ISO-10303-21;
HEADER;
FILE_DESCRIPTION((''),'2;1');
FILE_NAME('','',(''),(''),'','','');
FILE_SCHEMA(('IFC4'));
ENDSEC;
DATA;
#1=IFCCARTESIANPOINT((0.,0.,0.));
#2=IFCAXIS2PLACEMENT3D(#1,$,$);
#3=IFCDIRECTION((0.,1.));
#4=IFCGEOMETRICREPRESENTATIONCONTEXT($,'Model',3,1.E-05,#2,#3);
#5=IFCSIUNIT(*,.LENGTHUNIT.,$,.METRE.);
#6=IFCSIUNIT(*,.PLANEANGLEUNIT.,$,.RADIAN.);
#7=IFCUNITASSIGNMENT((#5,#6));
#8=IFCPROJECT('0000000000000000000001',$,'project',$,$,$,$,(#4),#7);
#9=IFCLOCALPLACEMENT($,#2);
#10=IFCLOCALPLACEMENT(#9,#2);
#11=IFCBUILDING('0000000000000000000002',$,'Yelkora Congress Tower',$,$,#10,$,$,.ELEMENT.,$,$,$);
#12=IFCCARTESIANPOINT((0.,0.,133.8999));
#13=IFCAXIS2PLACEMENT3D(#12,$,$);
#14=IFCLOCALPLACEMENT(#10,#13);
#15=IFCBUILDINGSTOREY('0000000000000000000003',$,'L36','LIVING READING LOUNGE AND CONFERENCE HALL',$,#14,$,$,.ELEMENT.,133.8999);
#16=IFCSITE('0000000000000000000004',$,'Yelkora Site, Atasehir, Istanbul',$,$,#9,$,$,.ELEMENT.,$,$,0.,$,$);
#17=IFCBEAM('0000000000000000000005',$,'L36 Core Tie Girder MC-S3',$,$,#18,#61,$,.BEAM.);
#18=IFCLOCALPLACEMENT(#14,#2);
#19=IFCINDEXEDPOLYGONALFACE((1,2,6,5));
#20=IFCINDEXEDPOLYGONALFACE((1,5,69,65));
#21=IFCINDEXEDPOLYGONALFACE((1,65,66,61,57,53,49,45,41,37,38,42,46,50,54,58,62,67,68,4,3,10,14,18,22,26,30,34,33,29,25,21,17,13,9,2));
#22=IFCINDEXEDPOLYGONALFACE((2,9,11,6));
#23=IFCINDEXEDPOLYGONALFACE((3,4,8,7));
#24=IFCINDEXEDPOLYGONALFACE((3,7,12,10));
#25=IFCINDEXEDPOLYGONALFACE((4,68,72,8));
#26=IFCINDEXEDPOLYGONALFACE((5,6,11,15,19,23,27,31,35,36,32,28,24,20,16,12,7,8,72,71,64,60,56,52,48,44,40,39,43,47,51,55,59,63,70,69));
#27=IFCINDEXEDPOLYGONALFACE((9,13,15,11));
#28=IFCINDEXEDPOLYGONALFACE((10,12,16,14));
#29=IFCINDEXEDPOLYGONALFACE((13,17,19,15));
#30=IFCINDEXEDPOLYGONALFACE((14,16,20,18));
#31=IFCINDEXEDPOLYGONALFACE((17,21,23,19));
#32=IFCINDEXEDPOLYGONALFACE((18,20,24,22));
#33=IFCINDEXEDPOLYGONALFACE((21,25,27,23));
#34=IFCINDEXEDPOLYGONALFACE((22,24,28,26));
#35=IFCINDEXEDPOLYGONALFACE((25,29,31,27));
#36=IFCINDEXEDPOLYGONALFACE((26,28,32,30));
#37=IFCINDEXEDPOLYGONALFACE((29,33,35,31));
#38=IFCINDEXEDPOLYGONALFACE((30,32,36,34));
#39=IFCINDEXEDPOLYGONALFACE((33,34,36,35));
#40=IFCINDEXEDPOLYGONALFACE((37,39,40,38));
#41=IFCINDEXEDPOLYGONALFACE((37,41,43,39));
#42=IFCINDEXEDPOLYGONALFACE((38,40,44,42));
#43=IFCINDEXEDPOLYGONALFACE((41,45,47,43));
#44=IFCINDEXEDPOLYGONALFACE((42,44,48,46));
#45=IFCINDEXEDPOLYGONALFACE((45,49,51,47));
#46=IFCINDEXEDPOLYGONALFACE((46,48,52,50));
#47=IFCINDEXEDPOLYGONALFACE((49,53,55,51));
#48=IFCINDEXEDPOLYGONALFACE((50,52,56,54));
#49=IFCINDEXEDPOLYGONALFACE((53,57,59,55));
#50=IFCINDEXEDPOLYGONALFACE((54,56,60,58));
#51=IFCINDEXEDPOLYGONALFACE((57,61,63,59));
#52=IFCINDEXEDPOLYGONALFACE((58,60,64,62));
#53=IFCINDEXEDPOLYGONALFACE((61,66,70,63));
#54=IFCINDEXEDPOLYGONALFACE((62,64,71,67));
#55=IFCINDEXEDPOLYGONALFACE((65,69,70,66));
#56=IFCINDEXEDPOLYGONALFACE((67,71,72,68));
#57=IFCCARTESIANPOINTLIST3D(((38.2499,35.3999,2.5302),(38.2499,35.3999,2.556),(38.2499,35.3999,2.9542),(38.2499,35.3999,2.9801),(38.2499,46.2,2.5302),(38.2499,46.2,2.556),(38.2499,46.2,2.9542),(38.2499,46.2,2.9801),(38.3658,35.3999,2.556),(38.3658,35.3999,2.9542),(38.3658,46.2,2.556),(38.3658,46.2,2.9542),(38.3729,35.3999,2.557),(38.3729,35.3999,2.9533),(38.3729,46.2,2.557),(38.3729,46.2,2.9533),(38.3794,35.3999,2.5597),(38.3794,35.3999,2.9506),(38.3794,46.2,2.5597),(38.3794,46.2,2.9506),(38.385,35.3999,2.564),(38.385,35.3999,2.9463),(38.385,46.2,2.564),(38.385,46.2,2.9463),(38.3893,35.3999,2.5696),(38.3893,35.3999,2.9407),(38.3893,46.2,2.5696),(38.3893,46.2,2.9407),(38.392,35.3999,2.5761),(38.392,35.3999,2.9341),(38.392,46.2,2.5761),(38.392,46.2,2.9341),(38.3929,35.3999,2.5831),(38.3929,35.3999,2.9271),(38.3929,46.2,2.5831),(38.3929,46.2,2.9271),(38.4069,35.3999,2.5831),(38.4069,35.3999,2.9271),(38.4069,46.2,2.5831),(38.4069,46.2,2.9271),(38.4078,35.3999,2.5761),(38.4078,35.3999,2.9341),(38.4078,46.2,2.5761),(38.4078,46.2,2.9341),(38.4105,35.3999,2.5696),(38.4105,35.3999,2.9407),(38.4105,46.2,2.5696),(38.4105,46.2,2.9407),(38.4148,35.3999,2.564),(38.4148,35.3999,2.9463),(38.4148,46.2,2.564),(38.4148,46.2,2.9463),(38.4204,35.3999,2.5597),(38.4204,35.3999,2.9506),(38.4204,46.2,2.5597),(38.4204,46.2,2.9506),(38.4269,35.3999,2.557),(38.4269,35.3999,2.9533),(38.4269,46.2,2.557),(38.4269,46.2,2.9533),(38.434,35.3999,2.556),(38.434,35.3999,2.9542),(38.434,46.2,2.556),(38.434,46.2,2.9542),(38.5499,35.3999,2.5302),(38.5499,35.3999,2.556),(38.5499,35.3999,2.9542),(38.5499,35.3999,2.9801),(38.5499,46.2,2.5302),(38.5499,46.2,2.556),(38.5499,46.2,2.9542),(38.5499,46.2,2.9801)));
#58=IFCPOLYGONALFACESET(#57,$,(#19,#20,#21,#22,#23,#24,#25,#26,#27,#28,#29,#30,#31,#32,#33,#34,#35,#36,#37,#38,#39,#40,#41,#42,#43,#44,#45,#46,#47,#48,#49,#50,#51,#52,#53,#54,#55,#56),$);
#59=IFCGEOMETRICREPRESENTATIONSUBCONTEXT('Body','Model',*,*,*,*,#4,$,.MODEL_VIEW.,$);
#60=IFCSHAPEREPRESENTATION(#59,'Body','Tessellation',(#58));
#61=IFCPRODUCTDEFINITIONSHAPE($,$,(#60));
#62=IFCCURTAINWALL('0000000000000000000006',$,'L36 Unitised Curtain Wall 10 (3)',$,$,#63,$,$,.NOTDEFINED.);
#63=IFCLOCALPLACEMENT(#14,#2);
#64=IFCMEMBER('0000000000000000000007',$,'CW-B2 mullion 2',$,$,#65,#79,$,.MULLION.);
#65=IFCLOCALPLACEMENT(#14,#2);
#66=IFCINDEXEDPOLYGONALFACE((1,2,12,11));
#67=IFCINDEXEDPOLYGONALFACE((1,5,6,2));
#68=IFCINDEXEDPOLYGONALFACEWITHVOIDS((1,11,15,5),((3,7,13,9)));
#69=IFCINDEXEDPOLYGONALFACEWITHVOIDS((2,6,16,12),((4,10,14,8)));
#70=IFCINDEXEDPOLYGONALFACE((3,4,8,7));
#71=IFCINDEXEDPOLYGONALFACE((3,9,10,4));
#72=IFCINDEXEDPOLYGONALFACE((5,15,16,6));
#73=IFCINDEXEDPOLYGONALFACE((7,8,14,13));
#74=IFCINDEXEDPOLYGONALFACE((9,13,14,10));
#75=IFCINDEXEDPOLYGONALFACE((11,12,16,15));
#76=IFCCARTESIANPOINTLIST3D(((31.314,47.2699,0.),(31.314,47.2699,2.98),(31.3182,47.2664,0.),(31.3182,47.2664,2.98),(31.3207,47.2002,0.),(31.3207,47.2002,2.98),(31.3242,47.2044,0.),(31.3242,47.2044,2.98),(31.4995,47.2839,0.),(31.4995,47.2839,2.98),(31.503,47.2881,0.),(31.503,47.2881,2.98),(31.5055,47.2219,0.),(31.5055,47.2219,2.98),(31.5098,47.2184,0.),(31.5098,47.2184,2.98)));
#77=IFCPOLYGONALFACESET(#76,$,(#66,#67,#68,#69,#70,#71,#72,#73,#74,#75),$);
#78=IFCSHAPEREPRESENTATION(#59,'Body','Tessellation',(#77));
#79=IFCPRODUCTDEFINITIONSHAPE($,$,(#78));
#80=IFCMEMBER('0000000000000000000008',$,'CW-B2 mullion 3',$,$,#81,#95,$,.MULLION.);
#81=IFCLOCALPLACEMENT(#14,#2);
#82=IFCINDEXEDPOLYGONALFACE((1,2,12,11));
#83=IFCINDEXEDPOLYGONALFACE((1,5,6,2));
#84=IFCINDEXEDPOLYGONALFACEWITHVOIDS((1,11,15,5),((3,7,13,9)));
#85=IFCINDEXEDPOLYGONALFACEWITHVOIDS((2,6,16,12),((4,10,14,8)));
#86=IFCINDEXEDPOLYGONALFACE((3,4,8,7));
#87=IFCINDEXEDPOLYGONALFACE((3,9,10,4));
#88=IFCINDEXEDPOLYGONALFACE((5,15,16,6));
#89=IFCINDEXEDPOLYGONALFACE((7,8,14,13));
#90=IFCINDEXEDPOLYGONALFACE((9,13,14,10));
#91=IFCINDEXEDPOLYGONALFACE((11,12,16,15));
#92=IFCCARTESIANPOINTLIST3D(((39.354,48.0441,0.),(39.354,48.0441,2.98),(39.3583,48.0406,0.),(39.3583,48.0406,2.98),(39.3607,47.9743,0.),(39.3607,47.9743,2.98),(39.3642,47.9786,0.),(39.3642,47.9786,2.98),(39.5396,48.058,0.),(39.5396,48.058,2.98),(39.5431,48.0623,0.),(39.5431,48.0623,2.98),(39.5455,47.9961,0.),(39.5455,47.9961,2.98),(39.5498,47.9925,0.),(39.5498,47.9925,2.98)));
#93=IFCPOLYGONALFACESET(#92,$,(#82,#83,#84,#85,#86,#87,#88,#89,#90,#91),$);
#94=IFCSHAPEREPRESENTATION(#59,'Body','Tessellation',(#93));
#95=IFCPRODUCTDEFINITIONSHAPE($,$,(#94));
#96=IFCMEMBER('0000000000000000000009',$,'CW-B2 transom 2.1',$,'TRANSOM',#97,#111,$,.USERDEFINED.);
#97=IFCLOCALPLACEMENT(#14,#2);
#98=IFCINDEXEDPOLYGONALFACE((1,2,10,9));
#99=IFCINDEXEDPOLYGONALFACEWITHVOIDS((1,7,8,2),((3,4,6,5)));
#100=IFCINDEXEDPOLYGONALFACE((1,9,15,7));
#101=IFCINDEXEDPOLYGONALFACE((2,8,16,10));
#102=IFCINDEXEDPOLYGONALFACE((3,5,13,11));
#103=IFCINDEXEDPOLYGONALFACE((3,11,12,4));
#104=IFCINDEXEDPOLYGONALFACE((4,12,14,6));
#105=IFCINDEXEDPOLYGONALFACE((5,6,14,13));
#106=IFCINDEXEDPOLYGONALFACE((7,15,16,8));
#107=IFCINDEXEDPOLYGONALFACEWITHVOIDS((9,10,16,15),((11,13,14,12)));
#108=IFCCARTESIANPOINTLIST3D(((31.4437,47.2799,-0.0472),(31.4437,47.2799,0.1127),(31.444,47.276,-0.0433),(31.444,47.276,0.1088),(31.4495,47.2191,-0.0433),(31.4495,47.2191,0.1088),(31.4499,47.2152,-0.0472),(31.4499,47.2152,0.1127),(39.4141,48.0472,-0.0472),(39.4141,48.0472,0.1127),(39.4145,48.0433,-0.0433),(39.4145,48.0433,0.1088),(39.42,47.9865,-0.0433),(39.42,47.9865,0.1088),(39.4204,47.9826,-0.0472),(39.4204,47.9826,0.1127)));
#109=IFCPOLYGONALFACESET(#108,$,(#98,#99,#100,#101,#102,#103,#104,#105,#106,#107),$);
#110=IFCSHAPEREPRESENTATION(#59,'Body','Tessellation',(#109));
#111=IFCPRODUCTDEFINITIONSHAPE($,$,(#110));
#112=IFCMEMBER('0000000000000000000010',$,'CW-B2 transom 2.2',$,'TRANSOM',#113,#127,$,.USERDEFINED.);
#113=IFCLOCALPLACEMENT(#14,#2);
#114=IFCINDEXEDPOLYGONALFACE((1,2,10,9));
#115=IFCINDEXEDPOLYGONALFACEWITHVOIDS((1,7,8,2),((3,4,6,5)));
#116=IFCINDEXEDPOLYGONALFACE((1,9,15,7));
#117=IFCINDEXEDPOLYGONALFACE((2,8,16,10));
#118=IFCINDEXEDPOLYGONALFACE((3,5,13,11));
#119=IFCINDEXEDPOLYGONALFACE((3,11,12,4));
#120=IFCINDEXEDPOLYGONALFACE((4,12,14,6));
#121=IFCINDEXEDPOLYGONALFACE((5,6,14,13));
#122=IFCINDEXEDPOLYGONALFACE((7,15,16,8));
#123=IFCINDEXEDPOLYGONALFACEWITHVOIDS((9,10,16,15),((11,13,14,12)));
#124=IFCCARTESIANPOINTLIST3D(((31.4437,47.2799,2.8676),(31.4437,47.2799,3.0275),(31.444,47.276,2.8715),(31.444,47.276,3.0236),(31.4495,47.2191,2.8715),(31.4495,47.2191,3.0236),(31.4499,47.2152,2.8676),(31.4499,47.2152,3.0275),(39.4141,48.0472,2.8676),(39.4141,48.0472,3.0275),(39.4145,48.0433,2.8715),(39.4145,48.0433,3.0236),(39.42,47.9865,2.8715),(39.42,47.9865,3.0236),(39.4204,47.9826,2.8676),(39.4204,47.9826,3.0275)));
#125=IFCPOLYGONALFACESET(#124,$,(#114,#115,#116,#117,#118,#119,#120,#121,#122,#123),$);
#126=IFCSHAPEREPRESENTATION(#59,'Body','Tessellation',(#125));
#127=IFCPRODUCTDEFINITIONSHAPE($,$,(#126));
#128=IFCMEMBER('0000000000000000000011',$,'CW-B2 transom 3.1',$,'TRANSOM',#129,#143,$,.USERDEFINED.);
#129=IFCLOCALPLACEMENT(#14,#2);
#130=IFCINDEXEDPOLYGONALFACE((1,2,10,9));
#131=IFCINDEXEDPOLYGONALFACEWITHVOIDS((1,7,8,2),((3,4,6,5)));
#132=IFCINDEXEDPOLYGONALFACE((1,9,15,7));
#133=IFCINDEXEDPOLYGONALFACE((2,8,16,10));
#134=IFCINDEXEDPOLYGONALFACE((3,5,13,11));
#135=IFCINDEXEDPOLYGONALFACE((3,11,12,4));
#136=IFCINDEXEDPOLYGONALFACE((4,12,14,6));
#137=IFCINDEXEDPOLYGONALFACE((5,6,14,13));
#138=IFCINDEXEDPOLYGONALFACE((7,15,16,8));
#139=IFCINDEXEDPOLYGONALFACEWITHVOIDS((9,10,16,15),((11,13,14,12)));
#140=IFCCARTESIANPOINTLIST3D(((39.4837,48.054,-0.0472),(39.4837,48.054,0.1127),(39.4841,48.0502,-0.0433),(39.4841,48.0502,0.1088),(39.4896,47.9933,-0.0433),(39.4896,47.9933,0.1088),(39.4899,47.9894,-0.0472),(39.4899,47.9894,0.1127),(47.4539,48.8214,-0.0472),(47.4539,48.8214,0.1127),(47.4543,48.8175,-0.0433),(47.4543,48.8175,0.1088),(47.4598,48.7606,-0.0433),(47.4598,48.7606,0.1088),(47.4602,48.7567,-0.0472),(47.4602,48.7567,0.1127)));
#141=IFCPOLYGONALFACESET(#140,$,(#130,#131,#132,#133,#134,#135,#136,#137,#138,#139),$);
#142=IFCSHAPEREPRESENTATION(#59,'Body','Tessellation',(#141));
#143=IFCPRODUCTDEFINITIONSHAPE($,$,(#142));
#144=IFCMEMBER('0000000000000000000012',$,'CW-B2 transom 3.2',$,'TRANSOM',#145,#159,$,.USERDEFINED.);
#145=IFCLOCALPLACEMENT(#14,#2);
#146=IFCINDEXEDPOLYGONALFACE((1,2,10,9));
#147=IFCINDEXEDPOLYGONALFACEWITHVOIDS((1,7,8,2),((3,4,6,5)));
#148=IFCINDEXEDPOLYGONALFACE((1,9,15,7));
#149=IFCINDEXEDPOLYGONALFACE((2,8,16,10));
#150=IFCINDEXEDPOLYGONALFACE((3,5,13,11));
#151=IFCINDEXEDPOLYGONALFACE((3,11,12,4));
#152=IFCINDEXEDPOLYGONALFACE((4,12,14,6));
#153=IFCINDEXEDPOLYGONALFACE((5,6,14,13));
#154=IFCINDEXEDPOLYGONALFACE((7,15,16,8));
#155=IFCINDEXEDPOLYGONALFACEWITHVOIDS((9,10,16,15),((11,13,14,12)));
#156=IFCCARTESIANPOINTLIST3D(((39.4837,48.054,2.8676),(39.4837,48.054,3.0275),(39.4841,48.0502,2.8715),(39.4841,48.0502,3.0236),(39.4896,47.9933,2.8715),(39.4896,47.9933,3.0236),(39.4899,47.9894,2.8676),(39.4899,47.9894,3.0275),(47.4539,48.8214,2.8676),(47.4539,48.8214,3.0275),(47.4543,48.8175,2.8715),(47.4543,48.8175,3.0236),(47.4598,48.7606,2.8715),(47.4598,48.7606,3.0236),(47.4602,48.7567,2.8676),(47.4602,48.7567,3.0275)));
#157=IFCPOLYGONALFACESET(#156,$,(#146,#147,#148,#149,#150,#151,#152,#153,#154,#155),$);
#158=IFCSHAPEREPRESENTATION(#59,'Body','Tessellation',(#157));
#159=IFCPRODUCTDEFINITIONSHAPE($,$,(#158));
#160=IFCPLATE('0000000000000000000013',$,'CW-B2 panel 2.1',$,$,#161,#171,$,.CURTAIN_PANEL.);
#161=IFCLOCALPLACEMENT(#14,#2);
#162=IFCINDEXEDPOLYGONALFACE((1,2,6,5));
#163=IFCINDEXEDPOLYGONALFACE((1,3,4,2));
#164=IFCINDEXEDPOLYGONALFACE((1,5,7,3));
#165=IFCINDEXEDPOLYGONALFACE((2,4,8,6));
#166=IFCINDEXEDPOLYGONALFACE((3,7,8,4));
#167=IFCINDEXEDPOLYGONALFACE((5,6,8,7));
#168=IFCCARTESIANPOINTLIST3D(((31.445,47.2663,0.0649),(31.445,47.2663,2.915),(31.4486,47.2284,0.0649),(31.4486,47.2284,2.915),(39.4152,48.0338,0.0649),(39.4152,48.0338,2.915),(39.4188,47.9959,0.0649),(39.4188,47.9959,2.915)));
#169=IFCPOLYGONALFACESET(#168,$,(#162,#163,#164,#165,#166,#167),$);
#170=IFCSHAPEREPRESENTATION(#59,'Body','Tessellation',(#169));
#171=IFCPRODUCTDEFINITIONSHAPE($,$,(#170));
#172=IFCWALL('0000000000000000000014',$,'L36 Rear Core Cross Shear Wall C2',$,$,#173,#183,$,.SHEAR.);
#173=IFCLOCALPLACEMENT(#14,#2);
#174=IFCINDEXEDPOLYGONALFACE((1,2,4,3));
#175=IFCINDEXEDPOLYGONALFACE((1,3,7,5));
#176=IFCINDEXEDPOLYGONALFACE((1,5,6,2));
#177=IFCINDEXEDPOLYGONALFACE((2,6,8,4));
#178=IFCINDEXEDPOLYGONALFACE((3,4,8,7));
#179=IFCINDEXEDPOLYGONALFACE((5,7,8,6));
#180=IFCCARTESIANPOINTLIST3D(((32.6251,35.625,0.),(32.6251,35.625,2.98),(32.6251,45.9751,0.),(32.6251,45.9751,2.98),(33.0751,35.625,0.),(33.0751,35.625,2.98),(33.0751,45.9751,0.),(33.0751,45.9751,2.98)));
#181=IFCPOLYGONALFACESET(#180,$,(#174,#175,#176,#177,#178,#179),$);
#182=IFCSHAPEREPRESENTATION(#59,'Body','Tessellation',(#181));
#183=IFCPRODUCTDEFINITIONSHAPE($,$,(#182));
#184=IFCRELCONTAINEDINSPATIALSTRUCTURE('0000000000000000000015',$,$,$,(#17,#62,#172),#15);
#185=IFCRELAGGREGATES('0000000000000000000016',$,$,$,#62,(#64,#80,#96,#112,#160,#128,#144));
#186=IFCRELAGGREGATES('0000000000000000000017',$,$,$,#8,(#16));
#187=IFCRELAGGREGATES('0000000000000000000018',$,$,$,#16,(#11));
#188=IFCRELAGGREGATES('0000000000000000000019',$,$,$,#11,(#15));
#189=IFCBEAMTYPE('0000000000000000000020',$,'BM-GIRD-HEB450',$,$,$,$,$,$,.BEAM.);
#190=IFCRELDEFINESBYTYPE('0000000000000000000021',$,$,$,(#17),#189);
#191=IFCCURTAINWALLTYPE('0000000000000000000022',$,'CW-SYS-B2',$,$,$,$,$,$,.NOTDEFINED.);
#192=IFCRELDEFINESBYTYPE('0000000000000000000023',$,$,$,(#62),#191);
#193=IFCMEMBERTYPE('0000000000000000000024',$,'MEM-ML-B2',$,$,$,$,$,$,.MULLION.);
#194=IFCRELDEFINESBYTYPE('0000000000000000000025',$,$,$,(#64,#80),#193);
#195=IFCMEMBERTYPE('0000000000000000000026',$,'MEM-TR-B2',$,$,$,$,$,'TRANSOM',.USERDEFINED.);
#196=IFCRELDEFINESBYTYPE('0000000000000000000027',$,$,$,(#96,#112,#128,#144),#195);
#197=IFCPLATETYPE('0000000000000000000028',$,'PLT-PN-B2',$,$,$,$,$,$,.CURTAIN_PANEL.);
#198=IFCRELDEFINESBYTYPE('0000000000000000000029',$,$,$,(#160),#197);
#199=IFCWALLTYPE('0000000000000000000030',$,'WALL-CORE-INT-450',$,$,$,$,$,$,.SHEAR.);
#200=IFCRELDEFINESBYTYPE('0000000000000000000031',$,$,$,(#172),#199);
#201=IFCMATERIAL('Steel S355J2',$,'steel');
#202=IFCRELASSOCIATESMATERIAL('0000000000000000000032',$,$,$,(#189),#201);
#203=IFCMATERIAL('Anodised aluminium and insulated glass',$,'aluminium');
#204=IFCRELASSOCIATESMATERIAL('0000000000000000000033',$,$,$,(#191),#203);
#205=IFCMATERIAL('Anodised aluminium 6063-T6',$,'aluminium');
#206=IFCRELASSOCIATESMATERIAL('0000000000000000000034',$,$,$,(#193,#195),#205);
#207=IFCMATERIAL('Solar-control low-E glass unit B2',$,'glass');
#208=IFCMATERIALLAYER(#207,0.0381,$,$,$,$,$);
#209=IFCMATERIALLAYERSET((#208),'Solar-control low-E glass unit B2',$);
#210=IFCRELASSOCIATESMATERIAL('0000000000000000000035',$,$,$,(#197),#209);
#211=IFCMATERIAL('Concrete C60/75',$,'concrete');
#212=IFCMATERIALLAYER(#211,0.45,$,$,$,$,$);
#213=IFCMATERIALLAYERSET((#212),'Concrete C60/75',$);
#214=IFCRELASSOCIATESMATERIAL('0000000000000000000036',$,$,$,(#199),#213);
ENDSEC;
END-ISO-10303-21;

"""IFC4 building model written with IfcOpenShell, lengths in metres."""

from ifc_helpers import new_model, si_unit, direction, frame, frame_2d, origin, origin_2d, place, context, subcontext, project, spatial, rectangle, hollow_rectangle, i_section, extrude, material, layer, layer_set, material_profile, profile_set, type_object, element, aggregate, save


model = new_model("IFC4")

# Units and contexts
model_context = context("Model", 3, precision=1e-05, world=origin(), true_north=direction((0.0, 1.0)))
body_context = subcontext(model_context, "Body", "Model", "MODEL_VIEW")
ifc_project = project(units=[si_unit("LENGTHUNIT", "METRE"), si_unit("PLANEANGLEUNIT", "RADIAN")], contexts=[model_context])

# Site, building, storey
site_placement = place(None, origin())
site = spatial("IfcSite", under=ifc_project, at=site_placement, Name="Yelkora Site, Atasehir, Istanbul", CompositionType="ELEMENT", RefElevation=0.0)
building_placement = place(site_placement, origin())
building = spatial("IfcBuilding", under=site, at=building_placement, Name="Yelkora Congress Tower", CompositionType="ELEMENT")
storey_placement = place(building_placement, frame((0.0, 0.0, 133.8999)))
storey = spatial("IfcBuildingStorey", under=building, at=storey_placement, Name="L36", Description="LIVING READING LOUNGE AND CONFERENCE HALL", CompositionType="ELEMENT", Elevation=133.8999)

# Beam
ifc_material_1 = material(Name="Steel S355J2", Category="steel")
ifc_material_profile_1 = material_profile(ifc_material_1, i_section(OverallWidth=0.3, OverallDepth=0.45, WebThickness=0.0139, FlangeThickness=0.0259, FilletRadius=0.0271, at=origin_2d()), Name="HEB 450")
ifc_profile_set_1 = profile_set([ifc_material_profile_1], Name="Steel S355J2")
beam_type = type_object("IfcBeamType", Name="BM-GIRD-HEB450", PredefinedType="BEAM", material=ifc_profile_set_1)
beam_placement = place(storey_placement, frame((38.3999, 35.3999, 2.7551), z_axis=(0.0, 1.0, 0.0), x_axis=(-1.0, 0.0, 0.0)))
element("IfcBeam", 1, at=beam_placement, inside=storey, type_object=beam_type, Name="L36 Core Tie Girder MC-S3", PredefinedType="BEAM", context=body_context, shape_type="SweptSolid", body=[
    extrude(i_section(OverallWidth=0.3, OverallDepth=0.45, WebThickness=0.0139, FlangeThickness=0.0259, FilletRadius=0.0271, at=origin_2d()), origin(), (0.0, 0.0, 1.0), 10.8),
])

# Curtain wall, members, plate
ifc_material_2 = material(Name="Anodised aluminium and insulated glass", Category="aluminium")
curtain_wall_type = type_object("IfcCurtainWallType", Name="CW-SYS-B2", PredefinedType="NOTDEFINED", material=ifc_material_2)
curtain_wall_placement = place(storey_placement, origin())
curtain_wall = element("IfcCurtainWall", 2, at=curtain_wall_placement, inside=storey, type_object=curtain_wall_type, Name="L36 Unitised Curtain Wall 10 (3)", PredefinedType="NOTDEFINED")
ifc_material_3 = material(Name="Anodised aluminium 6063-T6", Category="aluminium")
ifc_material_profile_2 = material_profile(ifc_material_3, hollow_rectangle(XDim=0.0701, YDim=0.1899, WallThickness=0.0039, at=origin_2d()), Name="ALU 70x190x4")
ifc_profile_set_2 = profile_set([ifc_material_profile_2], Name="Anodised aluminium 6063-T6")
member_type_1 = type_object("IfcMemberType", Name="MEM-ML-B2", PredefinedType="MULLION", material=ifc_profile_set_2)
member_1_placement = place(storey_placement, frame((31.4119, 47.2441, 0.0), z_axis=(0.0, 0.0, 1.0), x_axis=(-0.095844, 0.995396, 0.0)))
member_1 = element("IfcMember", 3, at=member_1_placement, type_object=member_type_1, Name="CW-B2 mullion 2", PredefinedType="MULLION", context=body_context, shape_type="SweptSolid", body=[
    extrude(hollow_rectangle(XDim=0.0701, YDim=0.1899, WallThickness=0.0039, at=origin_2d()), origin(), (0.0, 0.0, 1.0), 2.98),
])
member_2_placement = place(storey_placement, frame((39.4519, 48.0183, 0.0), z_axis=(0.0, 0.0, 1.0), x_axis=(-0.095844, 0.995396, 0.0)))
member_2 = element("IfcMember", 4, at=member_2_placement, type_object=member_type_1, Name="CW-B2 mullion 3", PredefinedType="MULLION", context=body_context, shape_type="SweptSolid", body=[
    extrude(hollow_rectangle(XDim=0.0701, YDim=0.1899, WallThickness=0.0039, at=origin_2d()), origin(), (0.0, 0.0, 1.0), 2.98),
])
ifc_material_profile_3 = material_profile(ifc_material_3, hollow_rectangle(XDim=0.0649, YDim=0.1599, WallThickness=0.0039, at=origin_2d()), Name="ALU 65x160x4")
ifc_profile_set_3 = profile_set([ifc_material_profile_3], Name="Anodised aluminium 6063-T6")
member_type_2 = type_object("IfcMemberType", Name="MEM-TR-B2", ElementType="TRANSOM", PredefinedType="USERDEFINED", material=ifc_profile_set_3)
member_3_placement = place(storey_placement, frame((31.4468, 47.2476, 0.0327), z_axis=(0.995398, 0.095829, 0.0), x_axis=(-0.095829, 0.995398, 0.0)))
member_3 = element("IfcMember", 5, at=member_3_placement, type_object=member_type_2, Name="CW-B2 transom 2.1", ObjectType="TRANSOM", PredefinedType="USERDEFINED", context=body_context, shape_type="SweptSolid", body=[
    extrude(hollow_rectangle(XDim=0.0649, YDim=0.1599, WallThickness=0.0039, at=origin_2d()), origin(), (0.0, 0.0, 1.0), 8.0073),
])
member_4_placement = place(storey_placement, frame((31.4468, 47.2476, 2.9475), z_axis=(0.995398, 0.095829, 0.0), x_axis=(-0.095829, 0.995398, 0.0)))
member_4 = element("IfcMember", 6, at=member_4_placement, type_object=member_type_2, Name="CW-B2 transom 2.2", ObjectType="TRANSOM", PredefinedType="USERDEFINED", context=body_context, shape_type="SweptSolid", body=[
    extrude(hollow_rectangle(XDim=0.0649, YDim=0.1599, WallThickness=0.0039, at=origin_2d()), origin(), (0.0, 0.0, 1.0), 8.0073),
])
member_5_placement = place(storey_placement, frame((39.4868, 48.0217, 0.0327), z_axis=(0.995398, 0.095832, 0.0), x_axis=(-0.095832, 0.995398, 0.0)))
member_5 = element("IfcMember", 7, at=member_5_placement, type_object=member_type_2, Name="CW-B2 transom 3.1", ObjectType="TRANSOM", PredefinedType="USERDEFINED", context=body_context, shape_type="SweptSolid", body=[
    extrude(hollow_rectangle(XDim=0.0649, YDim=0.1599, WallThickness=0.0039, at=origin_2d()), origin(), (0.0, 0.0, 1.0), 8.0071),
])
member_6_placement = place(storey_placement, frame((39.4868, 48.0217, 2.9475), z_axis=(0.995398, 0.095832, 0.0), x_axis=(-0.095832, 0.995398, 0.0)))
member_6 = element("IfcMember", 8, at=member_6_placement, type_object=member_type_2, Name="CW-B2 transom 3.2", ObjectType="TRANSOM", PredefinedType="USERDEFINED", context=body_context, shape_type="SweptSolid", body=[
    extrude(hollow_rectangle(XDim=0.0649, YDim=0.1599, WallThickness=0.0039, at=origin_2d()), origin(), (0.0, 0.0, 1.0), 8.0071),
])
ifc_material_4 = material(Name="Solar-control low-E glass unit B2", Category="glass")
ifc_layer_1 = layer(ifc_material_4, 0.0381)
ifc_layer_set_1 = layer_set([ifc_layer_1], Name="Solar-control low-E glass unit B2")
plate_type = type_object("IfcPlateType", Name="PLT-PN-B2", PredefinedType="CURTAIN_PANEL", material=ifc_layer_set_1)
plate_placement = place(storey_placement, frame((35.4319, 47.6311, 0.0649), z_axis=(0.0, 0.0, 1.0), x_axis=(0.995396, 0.095844, 0.0)))
plate = element("IfcPlate", 9, at=plate_placement, type_object=plate_type, Name="CW-B2 panel 2.1", PredefinedType="CURTAIN_PANEL", context=body_context, shape_type="SweptSolid", body=[
    extrude(rectangle(XDim=8.0071, YDim=0.0381, at=origin_2d()), origin(), (0.0, 0.0, 1.0), 2.8501),
])
aggregate(curtain_wall, [member_1, member_2, member_3, member_4, plate, member_5, member_6])

# Wall
ifc_material_5 = material(Name="Concrete C60/75", Category="concrete")
ifc_layer_2 = layer(ifc_material_5, 0.45)
ifc_layer_set_2 = layer_set([ifc_layer_2], Name="Concrete C60/75")
wall_type_1 = type_object("IfcWallType", Name="WALL-CORE-INT-450", PredefinedType="SHEAR", material=ifc_layer_set_2)
wall_1_placement = place(storey_placement, frame((32.8501, 35.625, 0.0), z_axis=(0.0, 0.0, 1.0), x_axis=(0.0, 1.0, 0.0)))
element("IfcWall", 10, at=wall_1_placement, inside=storey, type_object=wall_type_1, Name="L36 Rear Core Cross Shear Wall C2", PredefinedType="SHEAR", context=body_context, shape_type="SweptSolid", body=[
    extrude(rectangle(XDim=10.3501, YDim=0.45, at=frame_2d((5.175, 0.0))), origin(), (0.0, 0.0, 1.0), 2.98),
])

save(model, "model.ifc")
